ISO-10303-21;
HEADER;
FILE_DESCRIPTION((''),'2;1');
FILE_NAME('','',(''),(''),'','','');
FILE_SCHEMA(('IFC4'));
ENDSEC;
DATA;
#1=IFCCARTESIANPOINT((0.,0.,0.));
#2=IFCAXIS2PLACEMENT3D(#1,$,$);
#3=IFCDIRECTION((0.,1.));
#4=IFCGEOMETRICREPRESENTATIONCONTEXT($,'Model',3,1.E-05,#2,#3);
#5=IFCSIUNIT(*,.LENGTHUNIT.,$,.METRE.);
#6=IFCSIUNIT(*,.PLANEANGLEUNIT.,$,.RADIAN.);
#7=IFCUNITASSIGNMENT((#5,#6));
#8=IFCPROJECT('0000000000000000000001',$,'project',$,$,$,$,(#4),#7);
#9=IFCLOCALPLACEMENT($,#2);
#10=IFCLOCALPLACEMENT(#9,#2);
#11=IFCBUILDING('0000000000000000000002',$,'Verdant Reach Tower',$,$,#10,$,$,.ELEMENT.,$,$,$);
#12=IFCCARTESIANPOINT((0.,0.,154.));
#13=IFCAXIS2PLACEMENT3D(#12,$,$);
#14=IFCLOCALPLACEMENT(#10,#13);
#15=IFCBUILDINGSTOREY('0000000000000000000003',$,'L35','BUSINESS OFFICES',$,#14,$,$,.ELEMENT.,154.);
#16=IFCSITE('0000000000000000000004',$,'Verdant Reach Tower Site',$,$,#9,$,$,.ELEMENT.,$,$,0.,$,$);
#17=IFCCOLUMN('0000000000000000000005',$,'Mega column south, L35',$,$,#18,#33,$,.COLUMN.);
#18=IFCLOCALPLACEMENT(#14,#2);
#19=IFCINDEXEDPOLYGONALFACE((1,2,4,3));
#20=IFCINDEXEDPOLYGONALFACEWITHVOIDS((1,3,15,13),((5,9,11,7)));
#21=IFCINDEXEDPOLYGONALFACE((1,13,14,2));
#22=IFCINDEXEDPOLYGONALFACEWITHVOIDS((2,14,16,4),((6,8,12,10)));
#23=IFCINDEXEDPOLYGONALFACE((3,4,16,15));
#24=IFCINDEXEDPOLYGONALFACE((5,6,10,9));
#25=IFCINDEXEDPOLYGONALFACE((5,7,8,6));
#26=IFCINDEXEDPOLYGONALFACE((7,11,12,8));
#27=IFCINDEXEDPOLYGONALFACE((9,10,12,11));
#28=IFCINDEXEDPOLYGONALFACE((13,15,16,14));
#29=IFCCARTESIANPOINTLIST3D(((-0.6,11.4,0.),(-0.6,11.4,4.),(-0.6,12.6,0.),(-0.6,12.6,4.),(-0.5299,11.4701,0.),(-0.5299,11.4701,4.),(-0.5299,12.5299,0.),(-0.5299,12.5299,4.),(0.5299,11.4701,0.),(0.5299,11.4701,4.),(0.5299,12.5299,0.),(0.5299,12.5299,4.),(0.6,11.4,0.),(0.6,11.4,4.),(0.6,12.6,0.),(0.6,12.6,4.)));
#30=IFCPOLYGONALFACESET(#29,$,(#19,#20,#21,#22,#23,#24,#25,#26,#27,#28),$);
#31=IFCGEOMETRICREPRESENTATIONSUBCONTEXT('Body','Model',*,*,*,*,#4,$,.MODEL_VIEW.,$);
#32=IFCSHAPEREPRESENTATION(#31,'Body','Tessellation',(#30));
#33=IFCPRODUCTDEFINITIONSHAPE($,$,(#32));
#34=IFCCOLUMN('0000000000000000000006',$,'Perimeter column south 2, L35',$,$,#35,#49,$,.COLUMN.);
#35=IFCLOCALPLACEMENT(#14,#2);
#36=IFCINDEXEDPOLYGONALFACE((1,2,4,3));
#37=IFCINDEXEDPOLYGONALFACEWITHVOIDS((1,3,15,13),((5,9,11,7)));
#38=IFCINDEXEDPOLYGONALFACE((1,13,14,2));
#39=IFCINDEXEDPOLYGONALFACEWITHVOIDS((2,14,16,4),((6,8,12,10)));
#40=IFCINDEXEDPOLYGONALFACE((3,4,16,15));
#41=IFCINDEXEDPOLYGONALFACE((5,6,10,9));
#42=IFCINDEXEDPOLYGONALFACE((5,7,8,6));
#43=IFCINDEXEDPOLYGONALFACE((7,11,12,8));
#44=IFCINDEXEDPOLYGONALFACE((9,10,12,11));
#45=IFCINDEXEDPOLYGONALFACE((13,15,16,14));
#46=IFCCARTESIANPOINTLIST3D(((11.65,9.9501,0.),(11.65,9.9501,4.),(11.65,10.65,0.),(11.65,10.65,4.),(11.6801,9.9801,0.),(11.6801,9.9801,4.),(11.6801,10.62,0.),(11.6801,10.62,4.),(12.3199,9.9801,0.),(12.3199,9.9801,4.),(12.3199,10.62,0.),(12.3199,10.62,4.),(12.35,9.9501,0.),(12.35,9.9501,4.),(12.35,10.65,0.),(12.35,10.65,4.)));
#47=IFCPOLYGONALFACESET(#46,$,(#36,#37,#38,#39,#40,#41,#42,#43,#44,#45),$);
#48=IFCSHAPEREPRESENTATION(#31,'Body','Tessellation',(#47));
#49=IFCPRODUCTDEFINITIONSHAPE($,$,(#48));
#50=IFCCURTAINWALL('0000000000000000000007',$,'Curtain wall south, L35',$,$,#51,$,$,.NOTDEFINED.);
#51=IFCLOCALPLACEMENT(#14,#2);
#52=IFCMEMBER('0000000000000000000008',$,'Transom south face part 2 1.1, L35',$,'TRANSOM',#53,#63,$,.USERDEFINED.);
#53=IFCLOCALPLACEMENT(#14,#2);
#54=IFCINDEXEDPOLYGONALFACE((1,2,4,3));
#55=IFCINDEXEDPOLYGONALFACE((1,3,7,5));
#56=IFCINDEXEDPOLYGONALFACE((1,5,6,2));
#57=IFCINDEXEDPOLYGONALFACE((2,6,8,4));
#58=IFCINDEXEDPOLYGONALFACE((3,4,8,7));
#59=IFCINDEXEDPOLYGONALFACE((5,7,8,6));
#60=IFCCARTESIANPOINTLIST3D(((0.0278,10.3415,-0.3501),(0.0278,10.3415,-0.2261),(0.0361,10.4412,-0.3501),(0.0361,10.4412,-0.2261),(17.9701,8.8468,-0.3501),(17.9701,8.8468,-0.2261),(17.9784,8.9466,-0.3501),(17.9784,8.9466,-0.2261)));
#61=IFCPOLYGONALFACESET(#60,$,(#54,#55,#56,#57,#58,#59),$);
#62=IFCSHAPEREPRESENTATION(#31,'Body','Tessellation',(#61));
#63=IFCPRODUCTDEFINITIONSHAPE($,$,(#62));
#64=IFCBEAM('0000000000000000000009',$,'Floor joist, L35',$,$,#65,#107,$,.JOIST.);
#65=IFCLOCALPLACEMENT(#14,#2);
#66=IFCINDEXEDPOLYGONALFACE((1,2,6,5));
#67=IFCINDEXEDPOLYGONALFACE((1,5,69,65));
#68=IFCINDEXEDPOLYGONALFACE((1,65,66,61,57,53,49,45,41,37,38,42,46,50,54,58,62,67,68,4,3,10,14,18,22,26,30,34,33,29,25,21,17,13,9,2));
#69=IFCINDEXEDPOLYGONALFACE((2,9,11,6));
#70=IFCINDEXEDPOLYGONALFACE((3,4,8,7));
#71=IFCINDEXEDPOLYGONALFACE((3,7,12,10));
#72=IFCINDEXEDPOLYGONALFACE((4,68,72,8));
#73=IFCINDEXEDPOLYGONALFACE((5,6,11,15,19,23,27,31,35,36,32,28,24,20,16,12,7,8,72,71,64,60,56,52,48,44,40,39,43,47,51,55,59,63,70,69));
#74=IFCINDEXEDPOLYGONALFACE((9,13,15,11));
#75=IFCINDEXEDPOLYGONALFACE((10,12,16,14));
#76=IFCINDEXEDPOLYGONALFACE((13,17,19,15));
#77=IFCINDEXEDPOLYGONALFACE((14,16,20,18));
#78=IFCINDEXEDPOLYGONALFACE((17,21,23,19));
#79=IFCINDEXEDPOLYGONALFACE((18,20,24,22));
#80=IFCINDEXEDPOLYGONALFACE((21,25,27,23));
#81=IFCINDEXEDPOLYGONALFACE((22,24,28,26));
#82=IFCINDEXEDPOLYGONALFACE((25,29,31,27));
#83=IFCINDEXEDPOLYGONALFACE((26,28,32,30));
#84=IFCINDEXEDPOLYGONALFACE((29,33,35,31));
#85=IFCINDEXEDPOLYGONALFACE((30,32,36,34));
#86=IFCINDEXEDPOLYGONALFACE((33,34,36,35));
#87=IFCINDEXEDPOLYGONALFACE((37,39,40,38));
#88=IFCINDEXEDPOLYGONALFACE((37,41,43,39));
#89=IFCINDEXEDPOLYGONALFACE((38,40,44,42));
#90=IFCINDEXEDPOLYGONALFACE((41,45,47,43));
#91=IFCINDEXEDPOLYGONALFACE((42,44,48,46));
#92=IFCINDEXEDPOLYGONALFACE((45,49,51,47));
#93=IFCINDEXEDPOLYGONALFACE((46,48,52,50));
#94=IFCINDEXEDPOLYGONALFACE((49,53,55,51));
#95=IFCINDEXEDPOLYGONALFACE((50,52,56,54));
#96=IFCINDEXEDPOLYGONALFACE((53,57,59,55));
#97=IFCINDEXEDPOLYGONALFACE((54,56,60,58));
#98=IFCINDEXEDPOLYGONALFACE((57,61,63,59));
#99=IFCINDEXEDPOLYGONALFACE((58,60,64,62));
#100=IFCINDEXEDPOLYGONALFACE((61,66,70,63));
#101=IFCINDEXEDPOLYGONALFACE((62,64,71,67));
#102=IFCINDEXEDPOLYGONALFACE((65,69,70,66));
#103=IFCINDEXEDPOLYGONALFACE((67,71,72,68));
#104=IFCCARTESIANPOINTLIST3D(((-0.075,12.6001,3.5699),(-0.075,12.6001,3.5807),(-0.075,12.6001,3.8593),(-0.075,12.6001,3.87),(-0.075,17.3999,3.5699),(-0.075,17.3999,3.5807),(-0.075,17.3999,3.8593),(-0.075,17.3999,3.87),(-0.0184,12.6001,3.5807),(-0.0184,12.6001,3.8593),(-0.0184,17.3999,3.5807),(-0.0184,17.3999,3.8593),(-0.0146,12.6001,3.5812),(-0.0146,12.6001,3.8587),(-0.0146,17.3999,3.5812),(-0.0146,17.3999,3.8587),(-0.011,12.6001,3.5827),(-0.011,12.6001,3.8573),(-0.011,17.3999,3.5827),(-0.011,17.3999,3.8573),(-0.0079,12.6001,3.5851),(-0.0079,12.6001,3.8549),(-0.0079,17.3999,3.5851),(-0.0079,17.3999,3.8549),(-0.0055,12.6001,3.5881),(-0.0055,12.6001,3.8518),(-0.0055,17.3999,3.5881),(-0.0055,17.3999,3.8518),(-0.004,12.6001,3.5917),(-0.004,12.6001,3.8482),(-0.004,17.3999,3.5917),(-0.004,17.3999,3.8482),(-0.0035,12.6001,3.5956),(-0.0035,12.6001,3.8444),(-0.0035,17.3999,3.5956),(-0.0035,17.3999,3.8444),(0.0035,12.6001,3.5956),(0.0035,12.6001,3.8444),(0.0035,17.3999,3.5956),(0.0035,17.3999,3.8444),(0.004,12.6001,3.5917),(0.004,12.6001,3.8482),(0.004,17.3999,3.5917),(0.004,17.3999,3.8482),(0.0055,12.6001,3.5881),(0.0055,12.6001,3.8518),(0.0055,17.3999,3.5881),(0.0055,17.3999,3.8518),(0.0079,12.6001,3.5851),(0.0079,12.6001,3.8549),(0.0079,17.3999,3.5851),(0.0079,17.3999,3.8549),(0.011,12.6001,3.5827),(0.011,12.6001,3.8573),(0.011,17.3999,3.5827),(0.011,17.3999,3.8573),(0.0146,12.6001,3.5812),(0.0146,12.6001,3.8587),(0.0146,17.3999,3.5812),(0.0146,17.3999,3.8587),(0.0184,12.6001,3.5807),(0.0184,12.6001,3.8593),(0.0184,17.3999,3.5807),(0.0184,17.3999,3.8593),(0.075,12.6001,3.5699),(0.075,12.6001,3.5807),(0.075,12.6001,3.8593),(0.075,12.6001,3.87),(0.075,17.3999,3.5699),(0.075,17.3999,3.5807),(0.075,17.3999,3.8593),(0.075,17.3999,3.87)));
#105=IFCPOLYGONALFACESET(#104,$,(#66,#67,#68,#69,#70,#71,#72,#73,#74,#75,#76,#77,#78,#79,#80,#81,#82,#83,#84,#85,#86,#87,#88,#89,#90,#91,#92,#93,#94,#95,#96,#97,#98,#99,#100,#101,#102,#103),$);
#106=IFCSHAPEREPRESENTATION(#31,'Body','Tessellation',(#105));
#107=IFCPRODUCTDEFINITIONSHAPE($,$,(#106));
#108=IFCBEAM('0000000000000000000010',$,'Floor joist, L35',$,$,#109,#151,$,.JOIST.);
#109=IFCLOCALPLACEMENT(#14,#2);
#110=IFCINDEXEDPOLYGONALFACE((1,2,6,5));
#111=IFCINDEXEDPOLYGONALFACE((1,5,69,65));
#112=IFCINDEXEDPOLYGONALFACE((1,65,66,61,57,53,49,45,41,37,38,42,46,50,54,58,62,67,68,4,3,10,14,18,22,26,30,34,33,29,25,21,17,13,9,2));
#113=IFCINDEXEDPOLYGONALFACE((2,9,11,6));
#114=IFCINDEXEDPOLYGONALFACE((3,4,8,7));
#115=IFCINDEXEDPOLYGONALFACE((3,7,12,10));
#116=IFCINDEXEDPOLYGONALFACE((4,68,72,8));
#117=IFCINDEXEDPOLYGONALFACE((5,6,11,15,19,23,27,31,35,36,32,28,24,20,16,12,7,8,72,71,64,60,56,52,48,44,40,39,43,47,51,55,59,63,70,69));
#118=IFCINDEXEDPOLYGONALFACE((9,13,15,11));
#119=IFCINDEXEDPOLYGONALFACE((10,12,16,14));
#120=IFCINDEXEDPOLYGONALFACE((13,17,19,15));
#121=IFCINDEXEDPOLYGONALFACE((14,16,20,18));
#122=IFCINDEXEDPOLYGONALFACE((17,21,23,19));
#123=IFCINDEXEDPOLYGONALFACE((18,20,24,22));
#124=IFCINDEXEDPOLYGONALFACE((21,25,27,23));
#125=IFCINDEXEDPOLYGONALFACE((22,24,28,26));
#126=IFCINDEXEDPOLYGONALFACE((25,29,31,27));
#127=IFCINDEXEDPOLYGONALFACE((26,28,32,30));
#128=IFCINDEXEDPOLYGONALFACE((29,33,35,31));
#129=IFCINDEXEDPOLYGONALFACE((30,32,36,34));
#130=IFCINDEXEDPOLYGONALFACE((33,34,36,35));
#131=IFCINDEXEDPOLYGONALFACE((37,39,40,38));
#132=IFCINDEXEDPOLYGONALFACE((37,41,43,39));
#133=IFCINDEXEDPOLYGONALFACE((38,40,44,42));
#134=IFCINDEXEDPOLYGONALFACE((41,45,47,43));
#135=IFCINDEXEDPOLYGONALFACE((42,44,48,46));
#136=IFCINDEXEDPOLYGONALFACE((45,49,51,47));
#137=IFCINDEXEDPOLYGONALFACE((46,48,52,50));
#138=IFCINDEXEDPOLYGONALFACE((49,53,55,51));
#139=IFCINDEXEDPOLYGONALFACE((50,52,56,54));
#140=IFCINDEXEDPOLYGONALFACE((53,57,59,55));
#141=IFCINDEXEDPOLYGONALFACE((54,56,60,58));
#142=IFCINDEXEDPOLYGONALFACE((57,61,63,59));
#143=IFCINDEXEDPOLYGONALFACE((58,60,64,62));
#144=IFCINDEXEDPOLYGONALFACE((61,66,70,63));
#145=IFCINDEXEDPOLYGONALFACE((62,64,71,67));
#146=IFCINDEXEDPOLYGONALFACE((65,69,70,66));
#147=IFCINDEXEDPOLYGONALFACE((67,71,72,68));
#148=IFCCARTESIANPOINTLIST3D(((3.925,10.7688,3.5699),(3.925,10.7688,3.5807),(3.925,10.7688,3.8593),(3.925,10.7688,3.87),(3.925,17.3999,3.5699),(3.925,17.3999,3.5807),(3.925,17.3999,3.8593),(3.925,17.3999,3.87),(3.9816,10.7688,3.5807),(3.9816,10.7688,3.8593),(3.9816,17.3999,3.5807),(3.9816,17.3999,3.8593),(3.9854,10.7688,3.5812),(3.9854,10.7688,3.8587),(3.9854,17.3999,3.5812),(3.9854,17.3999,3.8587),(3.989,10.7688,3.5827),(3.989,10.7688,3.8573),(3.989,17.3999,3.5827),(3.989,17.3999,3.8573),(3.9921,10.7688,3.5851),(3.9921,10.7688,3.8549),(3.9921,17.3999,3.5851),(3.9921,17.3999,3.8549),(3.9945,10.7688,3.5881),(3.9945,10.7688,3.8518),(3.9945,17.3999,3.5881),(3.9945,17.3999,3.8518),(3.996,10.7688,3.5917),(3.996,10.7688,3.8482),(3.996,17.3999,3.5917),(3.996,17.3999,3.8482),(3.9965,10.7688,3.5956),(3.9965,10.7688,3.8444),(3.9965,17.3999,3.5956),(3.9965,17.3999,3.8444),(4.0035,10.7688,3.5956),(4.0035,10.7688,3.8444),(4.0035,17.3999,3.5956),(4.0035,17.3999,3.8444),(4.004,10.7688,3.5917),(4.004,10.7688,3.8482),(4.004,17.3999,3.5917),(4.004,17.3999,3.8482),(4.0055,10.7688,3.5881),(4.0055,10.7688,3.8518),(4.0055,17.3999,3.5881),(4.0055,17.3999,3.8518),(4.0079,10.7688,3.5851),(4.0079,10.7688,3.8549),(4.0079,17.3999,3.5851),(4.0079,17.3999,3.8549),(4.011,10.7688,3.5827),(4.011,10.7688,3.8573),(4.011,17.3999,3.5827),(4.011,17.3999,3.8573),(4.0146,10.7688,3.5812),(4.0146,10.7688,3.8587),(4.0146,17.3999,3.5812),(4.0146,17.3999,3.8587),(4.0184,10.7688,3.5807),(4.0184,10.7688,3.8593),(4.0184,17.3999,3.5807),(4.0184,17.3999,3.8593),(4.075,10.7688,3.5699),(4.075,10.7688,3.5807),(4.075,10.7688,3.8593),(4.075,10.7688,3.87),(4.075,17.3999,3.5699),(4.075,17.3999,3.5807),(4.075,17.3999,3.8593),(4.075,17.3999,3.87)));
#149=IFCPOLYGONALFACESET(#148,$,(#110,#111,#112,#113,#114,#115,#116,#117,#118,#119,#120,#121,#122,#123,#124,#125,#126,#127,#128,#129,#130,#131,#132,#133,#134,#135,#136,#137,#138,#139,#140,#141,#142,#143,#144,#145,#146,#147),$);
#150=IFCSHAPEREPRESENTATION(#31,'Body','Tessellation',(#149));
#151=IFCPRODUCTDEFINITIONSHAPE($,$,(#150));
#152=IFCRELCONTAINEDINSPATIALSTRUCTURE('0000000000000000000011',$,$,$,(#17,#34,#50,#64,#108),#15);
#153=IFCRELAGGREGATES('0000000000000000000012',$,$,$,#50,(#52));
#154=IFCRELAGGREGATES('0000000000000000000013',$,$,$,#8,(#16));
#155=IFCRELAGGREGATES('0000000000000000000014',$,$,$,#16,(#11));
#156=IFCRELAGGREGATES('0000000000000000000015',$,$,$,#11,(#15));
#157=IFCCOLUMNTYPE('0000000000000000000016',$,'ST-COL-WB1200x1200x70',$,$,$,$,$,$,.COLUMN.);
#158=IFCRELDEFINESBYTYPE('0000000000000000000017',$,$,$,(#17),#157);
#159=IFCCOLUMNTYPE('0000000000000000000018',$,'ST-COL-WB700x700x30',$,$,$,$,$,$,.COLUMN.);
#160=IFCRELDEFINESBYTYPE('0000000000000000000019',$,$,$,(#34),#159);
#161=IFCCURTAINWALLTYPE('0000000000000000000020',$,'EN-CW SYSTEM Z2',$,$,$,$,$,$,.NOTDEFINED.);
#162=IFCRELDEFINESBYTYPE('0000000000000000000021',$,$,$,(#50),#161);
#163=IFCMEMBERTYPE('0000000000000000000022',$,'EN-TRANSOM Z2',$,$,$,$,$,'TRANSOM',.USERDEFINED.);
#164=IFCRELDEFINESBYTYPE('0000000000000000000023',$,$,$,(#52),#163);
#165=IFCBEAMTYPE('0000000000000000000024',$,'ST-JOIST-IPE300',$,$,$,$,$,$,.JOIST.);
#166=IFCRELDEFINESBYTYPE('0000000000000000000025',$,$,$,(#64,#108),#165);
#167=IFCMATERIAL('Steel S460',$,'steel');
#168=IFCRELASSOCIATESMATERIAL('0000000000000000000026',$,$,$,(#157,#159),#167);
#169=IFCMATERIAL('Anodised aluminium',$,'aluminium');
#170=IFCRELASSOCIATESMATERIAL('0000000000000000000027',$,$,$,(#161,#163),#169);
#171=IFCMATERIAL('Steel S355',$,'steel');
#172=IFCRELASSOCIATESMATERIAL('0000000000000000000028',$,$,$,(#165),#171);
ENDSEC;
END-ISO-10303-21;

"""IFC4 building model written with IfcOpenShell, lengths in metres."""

from ifc_helpers import new_model, si_unit, direction, frame, origin, origin_2d, place, context, subcontext, project, spatial, rectangle, hollow_rectangle, i_section, extrude, material, material_profile, profile_set, type_object, element, aggregate, save


model = new_model("IFC4")

# Units and contexts
model_context = context("Model", 3, precision=1e-05, world=origin(), true_north=direction((0.0, 1.0)))
body_context = subcontext(model_context, "Body", "Model", "MODEL_VIEW")
ifc_project = project(units=[si_unit("LENGTHUNIT", "METRE"), si_unit("PLANEANGLEUNIT", "RADIAN")], contexts=[model_context])

# Site, building, storey
site_placement = place(None, origin())
site = spatial("IfcSite", under=ifc_project, at=site_placement, Name="Verdant Reach Tower Site", CompositionType="ELEMENT", RefElevation=0.0)
building_placement = place(site_placement, origin())
building = spatial("IfcBuilding", under=site, at=building_placement, Name="Verdant Reach Tower", CompositionType="ELEMENT")
storey_placement = place(building_placement, frame((0.0, 0.0, 154.0)))
storey = spatial("IfcBuildingStorey", under=building, at=storey_placement, Name="L35", Description="BUSINESS OFFICES", CompositionType="ELEMENT", Elevation=154.0)

# Columns
ifc_material_1 = material(Name="Steel S460", Category="steel")
ifc_material_profile_1 = material_profile(ifc_material_1, hollow_rectangle(XDim=1.2, YDim=1.2, WallThickness=0.0701, at=origin_2d()), Name="WB 1200x1200x70")
ifc_profile_set_1 = profile_set([ifc_material_profile_1], Name="Steel S460")
column_type_1 = type_object("IfcColumnType", Name="ST-COL-WB1200x1200x70", PredefinedType="COLUMN", material=ifc_profile_set_1)
column_1_placement = place(storey_placement, frame((0.0, 12.0, 0.0), z_axis=(0.0, 0.0, 1.0), x_axis=(1.0, 0.0, 0.0)))
element("IfcColumn", 1, at=column_1_placement, inside=storey, type_object=column_type_1, Name="Mega column south, L35", PredefinedType="COLUMN", context=body_context, shape_type="SweptSolid", body=[
    extrude(hollow_rectangle(XDim=1.2, YDim=1.2, WallThickness=0.0701, at=origin_2d()), origin(), (0.0, 0.0, 1.0), 4.0),
])
ifc_material_profile_2 = material_profile(ifc_material_1, hollow_rectangle(XDim=0.7, YDim=0.7, WallThickness=0.03, at=origin_2d()), Name="WB 700x700x30")
ifc_profile_set_2 = profile_set([ifc_material_profile_2], Name="Steel S460")
column_type_2 = type_object("IfcColumnType", Name="ST-COL-WB700x700x30", PredefinedType="COLUMN", material=ifc_profile_set_2)
column_2_placement = place(storey_placement, frame((12.0, 10.3, 0.0), z_axis=(0.0, 0.0, 1.0), x_axis=(1.0, 0.0, 0.0)))
element("IfcColumn", 2, at=column_2_placement, inside=storey, type_object=column_type_2, Name="Perimeter column south 2, L35", PredefinedType="COLUMN", context=body_context, shape_type="SweptSolid", body=[
    extrude(hollow_rectangle(XDim=0.7, YDim=0.7, WallThickness=0.03, at=origin_2d()), origin(), (0.0, 0.0, 1.0), 4.0),
])

# Curtain wall, member
ifc_material_2 = material(Name="Anodised aluminium", Category="aluminium")
curtain_wall_type = type_object("IfcCurtainWallType", Name="EN-CW SYSTEM Z2", PredefinedType="NOTDEFINED", material=ifc_material_2)
curtain_wall_placement = place(storey_placement, origin())
curtain_wall = element("IfcCurtainWall", 3, at=curtain_wall_placement, inside=storey, type_object=curtain_wall_type, Name="Curtain wall south, L35", PredefinedType="NOTDEFINED")
ifc_material_profile_3 = material_profile(ifc_material_2, rectangle(XDim=0.1001, YDim=0.124, at=origin_2d()), Name="Transom 124x100")
ifc_profile_set_3 = profile_set([ifc_material_profile_3], Name="Anodised aluminium")
member_type = type_object("IfcMemberType", Name="EN-TRANSOM Z2", ElementType="TRANSOM", PredefinedType="USERDEFINED", material=ifc_profile_set_3)
member_placement = place(storey_placement, frame((0.032, 10.3914, -0.2881), z_axis=(0.996548, -0.083015, 0.0), x_axis=(0.083015, 0.996548, 0.0)))
member = element("IfcMember", 4, at=member_placement, type_object=member_type, Name="Transom south face part 2 1.1, L35", ObjectType="TRANSOM", PredefinedType="USERDEFINED", context=body_context, shape_type="SweptSolid", body=[
    extrude(rectangle(XDim=0.1001, YDim=0.124, at=origin_2d()), origin(), (0.0, 0.0, 1.0), 18.0044),
])

# Beams
ifc_material_3 = material(Name="Steel S355", Category="steel")
ifc_material_profile_4 = material_profile(ifc_material_3, i_section(OverallWidth=0.1499, OverallDepth=0.3, WebThickness=0.0071, FlangeThickness=0.0107, FilletRadius=0.0149, at=origin_2d()), Name="IPE 300")
ifc_profile_set_4 = profile_set([ifc_material_profile_4], Name="Steel S355")
beam_type_1 = type_object("IfcBeamType", Name="ST-JOIST-IPE300", PredefinedType="JOIST", material=ifc_profile_set_4)
beam_1_placement = place(storey_placement, frame((0.0, 17.3999, 3.72), z_axis=(0.0, -1.0, 0.0), x_axis=(1.0, 0.0, 0.0)))
element("IfcBeam", 5, at=beam_1_placement, inside=storey, type_object=beam_type_1, Name="Floor joist, L35", PredefinedType="JOIST", context=body_context, shape_type="SweptSolid", body=[
    extrude(i_section(OverallWidth=0.1499, OverallDepth=0.3, WebThickness=0.0071, FlangeThickness=0.0107, FilletRadius=0.0149, at=origin_2d()), origin(), (0.0, 0.0, 1.0), 4.7998),
])
beam_2_placement = place(storey_placement, frame((4.0, 17.3999, 3.72), z_axis=(0.0, -1.0, 0.0), x_axis=(1.0, 0.0, 0.0)))
element("IfcBeam", 6, at=beam_2_placement, inside=storey, type_object=beam_type_1, Name="Floor joist, L35", PredefinedType="JOIST", context=body_context, shape_type="SweptSolid", body=[
    extrude(i_section(OverallWidth=0.1499, OverallDepth=0.3, WebThickness=0.0071, FlangeThickness=0.0107, FilletRadius=0.0149, at=origin_2d()), origin(), (0.0, 0.0, 1.0), 6.6311),
])

aggregate(curtain_wall, [member])

save(model, "model.ifc")
